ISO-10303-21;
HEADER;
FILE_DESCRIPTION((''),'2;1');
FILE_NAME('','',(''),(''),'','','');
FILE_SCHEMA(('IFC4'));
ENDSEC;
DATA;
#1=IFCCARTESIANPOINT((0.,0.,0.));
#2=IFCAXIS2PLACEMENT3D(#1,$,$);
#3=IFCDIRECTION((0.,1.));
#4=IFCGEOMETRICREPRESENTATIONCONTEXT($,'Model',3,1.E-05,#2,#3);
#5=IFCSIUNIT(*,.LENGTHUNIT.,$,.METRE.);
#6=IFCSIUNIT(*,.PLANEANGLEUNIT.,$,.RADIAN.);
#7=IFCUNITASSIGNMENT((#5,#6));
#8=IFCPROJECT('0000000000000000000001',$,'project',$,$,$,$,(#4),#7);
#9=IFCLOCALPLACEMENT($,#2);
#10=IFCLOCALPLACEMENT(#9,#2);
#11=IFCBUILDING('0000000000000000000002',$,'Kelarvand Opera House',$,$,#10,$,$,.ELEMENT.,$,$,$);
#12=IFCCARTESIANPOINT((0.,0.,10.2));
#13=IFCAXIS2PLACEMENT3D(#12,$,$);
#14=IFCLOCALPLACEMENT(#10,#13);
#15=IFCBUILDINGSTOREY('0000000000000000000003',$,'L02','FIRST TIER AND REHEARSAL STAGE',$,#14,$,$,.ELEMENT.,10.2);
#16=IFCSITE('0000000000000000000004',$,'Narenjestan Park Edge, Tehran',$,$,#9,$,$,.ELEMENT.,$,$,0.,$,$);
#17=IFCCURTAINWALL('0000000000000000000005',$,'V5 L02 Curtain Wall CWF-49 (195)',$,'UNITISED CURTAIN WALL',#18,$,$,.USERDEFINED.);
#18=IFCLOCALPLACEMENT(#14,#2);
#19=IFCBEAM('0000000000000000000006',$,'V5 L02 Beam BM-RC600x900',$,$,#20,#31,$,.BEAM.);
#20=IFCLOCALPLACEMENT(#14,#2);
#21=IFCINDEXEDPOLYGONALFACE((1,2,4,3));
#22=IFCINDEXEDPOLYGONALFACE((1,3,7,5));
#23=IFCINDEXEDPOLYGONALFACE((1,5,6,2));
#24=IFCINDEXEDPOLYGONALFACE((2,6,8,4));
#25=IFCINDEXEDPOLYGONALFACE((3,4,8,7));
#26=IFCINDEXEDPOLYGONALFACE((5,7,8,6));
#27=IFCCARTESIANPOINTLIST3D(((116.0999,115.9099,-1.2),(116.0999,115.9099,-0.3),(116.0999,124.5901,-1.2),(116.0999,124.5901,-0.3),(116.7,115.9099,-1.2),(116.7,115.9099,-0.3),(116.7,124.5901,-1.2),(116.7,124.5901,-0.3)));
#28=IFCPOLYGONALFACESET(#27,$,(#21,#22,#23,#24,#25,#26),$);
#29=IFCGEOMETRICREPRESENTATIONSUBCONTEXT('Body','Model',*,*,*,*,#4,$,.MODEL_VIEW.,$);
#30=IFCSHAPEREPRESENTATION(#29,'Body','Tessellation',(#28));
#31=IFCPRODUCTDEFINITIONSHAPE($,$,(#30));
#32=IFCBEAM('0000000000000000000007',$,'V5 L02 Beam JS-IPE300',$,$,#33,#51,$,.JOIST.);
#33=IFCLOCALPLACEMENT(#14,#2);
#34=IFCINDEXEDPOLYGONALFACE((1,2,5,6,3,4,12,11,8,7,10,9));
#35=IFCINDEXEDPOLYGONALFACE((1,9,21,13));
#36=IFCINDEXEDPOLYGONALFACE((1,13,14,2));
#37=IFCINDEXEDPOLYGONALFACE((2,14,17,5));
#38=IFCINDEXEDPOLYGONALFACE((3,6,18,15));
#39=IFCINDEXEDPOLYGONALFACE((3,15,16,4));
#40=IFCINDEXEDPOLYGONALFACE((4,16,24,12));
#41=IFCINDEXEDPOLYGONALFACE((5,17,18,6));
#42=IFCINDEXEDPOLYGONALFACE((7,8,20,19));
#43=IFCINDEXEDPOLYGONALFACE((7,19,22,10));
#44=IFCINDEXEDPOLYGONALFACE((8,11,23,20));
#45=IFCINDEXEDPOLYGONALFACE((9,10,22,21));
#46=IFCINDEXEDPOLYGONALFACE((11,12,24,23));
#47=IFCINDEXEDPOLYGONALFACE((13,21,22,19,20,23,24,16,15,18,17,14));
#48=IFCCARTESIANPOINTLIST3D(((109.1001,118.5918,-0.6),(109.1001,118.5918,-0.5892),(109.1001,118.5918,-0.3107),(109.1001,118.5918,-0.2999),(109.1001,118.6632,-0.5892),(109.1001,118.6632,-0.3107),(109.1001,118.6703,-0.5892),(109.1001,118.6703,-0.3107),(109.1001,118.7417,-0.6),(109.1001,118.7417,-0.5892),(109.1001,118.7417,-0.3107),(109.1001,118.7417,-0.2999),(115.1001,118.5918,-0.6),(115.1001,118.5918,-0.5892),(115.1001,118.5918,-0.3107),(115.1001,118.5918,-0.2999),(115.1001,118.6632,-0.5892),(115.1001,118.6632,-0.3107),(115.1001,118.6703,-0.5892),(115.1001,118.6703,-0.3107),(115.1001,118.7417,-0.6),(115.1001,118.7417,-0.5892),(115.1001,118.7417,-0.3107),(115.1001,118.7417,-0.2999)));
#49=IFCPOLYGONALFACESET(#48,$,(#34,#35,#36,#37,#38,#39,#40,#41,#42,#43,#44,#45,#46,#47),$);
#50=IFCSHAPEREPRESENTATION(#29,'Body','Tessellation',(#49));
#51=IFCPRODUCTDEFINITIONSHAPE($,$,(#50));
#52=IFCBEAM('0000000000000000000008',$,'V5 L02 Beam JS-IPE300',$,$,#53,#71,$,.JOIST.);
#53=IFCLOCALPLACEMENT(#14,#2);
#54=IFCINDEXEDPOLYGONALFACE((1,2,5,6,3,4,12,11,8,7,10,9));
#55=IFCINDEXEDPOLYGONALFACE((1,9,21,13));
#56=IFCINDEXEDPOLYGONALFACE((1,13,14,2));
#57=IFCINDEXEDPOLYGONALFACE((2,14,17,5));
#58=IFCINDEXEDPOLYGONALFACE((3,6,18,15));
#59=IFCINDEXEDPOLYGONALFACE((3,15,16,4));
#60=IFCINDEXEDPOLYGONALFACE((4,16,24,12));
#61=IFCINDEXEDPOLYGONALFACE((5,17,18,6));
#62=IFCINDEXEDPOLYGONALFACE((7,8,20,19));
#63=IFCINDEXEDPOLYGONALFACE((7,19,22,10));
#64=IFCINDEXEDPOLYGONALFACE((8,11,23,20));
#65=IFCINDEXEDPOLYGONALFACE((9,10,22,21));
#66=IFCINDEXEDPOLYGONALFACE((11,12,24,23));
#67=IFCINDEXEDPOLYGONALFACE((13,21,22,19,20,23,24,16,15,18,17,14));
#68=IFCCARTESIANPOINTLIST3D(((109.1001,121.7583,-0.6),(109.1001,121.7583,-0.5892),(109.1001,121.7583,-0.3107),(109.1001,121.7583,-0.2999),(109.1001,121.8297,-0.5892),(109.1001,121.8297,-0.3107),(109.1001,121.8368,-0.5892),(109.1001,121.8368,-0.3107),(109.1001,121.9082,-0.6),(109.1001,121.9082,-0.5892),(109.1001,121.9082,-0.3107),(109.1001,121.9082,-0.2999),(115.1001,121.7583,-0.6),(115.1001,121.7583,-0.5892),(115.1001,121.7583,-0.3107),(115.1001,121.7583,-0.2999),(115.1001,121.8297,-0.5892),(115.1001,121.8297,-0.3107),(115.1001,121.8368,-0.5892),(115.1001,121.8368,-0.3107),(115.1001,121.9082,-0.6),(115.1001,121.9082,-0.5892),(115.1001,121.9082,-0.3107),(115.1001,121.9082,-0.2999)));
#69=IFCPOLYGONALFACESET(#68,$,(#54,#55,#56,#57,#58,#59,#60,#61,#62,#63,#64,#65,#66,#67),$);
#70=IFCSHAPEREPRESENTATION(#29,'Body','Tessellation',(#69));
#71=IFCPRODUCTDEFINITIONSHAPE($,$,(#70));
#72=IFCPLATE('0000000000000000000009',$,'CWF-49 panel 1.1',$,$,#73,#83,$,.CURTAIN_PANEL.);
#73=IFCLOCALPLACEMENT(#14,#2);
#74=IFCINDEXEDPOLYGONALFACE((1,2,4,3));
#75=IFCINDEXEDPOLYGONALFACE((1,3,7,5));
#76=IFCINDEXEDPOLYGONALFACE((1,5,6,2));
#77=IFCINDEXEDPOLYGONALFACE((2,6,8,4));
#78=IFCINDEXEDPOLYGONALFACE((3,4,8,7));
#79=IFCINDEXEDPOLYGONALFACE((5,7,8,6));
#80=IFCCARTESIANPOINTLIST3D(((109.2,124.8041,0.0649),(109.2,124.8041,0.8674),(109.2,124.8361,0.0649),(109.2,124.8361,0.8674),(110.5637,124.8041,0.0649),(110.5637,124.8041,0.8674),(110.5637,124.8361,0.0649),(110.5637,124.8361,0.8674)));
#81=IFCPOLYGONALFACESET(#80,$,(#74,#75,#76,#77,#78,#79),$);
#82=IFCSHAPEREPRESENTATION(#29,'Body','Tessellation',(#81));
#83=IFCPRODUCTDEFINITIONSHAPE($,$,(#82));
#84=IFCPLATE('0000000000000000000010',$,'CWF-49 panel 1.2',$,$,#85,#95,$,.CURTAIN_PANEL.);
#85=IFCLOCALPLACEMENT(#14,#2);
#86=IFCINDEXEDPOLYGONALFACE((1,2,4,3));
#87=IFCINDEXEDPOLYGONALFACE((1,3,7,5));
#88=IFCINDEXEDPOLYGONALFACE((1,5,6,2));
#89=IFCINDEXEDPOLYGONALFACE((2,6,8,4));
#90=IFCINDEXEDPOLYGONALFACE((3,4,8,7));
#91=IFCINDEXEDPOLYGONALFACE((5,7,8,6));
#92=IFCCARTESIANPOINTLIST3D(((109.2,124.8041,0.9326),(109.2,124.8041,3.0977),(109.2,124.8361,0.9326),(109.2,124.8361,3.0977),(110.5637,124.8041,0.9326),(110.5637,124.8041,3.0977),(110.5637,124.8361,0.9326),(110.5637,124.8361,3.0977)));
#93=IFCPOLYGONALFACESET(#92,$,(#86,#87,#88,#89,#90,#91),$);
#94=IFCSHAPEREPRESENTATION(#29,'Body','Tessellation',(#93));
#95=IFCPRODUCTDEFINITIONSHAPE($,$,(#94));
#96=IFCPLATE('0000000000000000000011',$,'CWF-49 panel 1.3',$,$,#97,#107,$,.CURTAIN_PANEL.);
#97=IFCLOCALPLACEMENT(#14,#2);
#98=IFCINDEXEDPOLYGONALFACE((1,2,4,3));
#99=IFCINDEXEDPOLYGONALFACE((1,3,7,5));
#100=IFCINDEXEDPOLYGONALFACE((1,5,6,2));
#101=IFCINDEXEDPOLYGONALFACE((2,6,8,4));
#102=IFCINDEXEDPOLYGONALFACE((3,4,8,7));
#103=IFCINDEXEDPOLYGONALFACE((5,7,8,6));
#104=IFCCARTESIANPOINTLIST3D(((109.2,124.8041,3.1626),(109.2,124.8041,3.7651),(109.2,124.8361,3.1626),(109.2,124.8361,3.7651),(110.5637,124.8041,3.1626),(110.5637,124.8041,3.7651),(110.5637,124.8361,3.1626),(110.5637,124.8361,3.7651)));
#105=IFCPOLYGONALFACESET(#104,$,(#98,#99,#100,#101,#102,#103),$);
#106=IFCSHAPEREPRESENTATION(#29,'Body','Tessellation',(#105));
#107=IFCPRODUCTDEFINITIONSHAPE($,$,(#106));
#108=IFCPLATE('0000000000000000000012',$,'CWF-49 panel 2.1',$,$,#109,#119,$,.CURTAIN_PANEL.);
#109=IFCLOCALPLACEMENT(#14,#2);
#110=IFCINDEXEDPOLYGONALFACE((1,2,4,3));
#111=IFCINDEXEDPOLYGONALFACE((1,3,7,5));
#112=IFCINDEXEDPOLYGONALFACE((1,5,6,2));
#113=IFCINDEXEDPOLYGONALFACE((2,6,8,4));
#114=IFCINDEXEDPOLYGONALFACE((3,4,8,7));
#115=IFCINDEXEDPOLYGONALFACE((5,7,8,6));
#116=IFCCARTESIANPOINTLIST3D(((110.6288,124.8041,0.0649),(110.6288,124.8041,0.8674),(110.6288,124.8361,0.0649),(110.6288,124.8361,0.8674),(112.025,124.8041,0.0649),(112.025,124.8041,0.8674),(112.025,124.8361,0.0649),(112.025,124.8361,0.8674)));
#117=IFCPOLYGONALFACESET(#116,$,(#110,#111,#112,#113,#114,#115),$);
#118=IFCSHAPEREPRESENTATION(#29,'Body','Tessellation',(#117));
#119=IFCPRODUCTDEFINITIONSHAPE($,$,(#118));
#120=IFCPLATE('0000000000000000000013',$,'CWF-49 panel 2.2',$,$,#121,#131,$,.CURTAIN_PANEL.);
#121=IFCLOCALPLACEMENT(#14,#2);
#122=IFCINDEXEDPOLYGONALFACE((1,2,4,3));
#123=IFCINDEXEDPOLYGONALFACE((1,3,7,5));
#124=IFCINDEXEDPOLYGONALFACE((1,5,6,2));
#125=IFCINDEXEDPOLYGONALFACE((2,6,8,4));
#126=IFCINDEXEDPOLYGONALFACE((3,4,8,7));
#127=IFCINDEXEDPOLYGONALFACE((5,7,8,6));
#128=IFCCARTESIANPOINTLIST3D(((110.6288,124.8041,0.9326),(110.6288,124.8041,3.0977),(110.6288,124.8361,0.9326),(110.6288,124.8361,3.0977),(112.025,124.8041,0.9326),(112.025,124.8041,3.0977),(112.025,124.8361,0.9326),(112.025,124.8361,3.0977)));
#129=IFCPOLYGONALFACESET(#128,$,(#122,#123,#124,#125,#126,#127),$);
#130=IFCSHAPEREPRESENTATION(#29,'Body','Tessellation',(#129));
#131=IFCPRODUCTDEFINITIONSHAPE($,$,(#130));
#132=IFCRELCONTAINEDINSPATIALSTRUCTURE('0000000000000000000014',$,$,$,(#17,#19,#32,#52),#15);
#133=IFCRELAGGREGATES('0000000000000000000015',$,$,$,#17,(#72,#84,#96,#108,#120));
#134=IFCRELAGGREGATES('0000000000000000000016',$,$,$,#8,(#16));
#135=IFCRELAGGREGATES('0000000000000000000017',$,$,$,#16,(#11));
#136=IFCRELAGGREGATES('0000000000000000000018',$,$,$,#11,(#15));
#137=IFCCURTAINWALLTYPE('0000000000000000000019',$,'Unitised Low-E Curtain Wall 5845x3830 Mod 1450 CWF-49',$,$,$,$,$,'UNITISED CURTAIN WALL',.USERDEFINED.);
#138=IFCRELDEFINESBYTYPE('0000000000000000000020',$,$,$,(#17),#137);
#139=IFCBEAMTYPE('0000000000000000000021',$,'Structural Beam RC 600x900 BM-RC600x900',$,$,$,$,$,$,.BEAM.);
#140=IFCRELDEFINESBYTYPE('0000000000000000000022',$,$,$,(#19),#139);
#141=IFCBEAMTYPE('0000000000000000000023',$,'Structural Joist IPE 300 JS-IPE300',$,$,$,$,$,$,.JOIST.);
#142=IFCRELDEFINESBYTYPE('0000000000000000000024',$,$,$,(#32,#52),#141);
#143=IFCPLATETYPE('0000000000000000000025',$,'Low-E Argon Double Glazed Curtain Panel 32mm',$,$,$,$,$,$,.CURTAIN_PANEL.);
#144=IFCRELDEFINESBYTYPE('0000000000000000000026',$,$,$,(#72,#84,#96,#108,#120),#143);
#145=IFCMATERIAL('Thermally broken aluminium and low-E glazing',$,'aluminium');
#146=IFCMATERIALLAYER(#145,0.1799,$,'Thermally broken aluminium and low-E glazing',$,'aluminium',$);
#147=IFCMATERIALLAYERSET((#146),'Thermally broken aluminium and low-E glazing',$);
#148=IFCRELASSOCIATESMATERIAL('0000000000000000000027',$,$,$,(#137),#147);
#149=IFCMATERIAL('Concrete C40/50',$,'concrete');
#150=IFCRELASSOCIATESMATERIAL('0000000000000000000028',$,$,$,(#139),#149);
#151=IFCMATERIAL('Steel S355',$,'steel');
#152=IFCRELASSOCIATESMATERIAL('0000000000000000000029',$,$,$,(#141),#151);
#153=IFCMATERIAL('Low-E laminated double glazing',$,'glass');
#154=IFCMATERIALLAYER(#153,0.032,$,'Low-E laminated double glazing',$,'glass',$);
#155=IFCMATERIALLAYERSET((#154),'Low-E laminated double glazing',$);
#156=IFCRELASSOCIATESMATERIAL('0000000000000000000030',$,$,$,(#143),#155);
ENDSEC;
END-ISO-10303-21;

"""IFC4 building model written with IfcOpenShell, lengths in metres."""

from ifc_helpers import new_model, si_unit, direction, frame, origin, origin_2d, place, context, subcontext, project, spatial, rectangle, i_section, extrude, material, layer, layer_set, material_profile, profile_set, type_object, element, aggregate, save


model = new_model("IFC4")

# Units and contexts
model_context = context("Model", 3, precision=1e-05, world=origin(), true_north=direction((0.0, 1.0)))
body_context = subcontext(model_context, "Body", "Model", "MODEL_VIEW")
ifc_project = project(units=[si_unit("LENGTHUNIT", "METRE"), si_unit("PLANEANGLEUNIT", "RADIAN")], contexts=[model_context])

# Site, building, storey
site_placement = place(None, origin())
site = spatial("IfcSite", under=ifc_project, at=site_placement, Name="Narenjestan Park Edge, Tehran", CompositionType="ELEMENT", RefElevation=0.0)
building_placement = place(site_placement, origin())
building = spatial("IfcBuilding", under=site, at=building_placement, Name="Kelarvand Opera House", CompositionType="ELEMENT")
storey_placement = place(building_placement, frame((0.0, 0.0, 10.2)))
storey = spatial("IfcBuildingStorey", under=building, at=storey_placement, Name="L02", Description="FIRST TIER AND REHEARSAL STAGE", CompositionType="ELEMENT", Elevation=10.2)

# Curtain wall
ifc_material_1 = material(Name="Thermally broken aluminium and low-E glazing", Category="aluminium")
ifc_layer_1 = layer(ifc_material_1, 0.1799, Name="Thermally broken aluminium and low-E glazing", Category="aluminium")
ifc_layer_set_1 = layer_set([ifc_layer_1], Name="Thermally broken aluminium and low-E glazing")
curtain_wall_type = type_object("IfcCurtainWallType", Name="Unitised Low-E Curtain Wall 5845x3830 Mod 1450 CWF-49", ElementType="UNITISED CURTAIN WALL", PredefinedType="USERDEFINED", material=ifc_layer_set_1)
curtain_wall_placement = place(storey_placement, origin())
curtain_wall = element("IfcCurtainWall", 1, at=curtain_wall_placement, inside=storey, type_object=curtain_wall_type, Name="V5 L02 Curtain Wall CWF-49 (195)", ObjectType="UNITISED CURTAIN WALL", PredefinedType="USERDEFINED")

# Beams
ifc_material_2 = material(Name="Concrete C40/50", Category="concrete")
ifc_material_profile_1 = material_profile(ifc_material_2, rectangle(XDim=0.6001, YDim=0.8999, at=origin_2d()), Name="RC 600x900", Category="concrete")
ifc_profile_set_1 = profile_set([ifc_material_profile_1], Name="Concrete C40/50")
beam_type_1 = type_object("IfcBeamType", Name="Structural Beam RC 600x900 BM-RC600x900", PredefinedType="BEAM", material=ifc_profile_set_1)
for number, where, z_axis, x_axis, name in (
    (2, (116.3999, 115.9099, -0.75), (0.0, 1.0, 0.0), (-1.0, 0.0, 0.0), "V5 L02 Beam BM-RC600x900"),
):
    element("IfcBeam", number, at=place(storey_placement, frame(where, z_axis=z_axis, x_axis=x_axis)), inside=storey, type_object=beam_type_1, Name=name, PredefinedType="BEAM", context=body_context, shape_type="SweptSolid", body=[
        extrude(rectangle(XDim=0.6001, YDim=0.8999, at=origin_2d()), origin(), (0.0, 0.0, 1.0), 8.6802),
    ])
ifc_material_3 = material(Name="Steel S355", Category="steel")
ifc_material_profile_2 = material_profile(ifc_material_3, i_section(OverallWidth=0.1499, OverallDepth=0.3, WebThickness=0.0071, FlangeThickness=0.0107, at=origin_2d()), Name="IPE 300", Category="steel")
ifc_profile_set_2 = profile_set([ifc_material_profile_2], Name="Steel S355")
beam_type_2 = type_object("IfcBeamType", Name="Structural Joist IPE 300 JS-IPE300", PredefinedType="JOIST", material=ifc_profile_set_2)
for number, where, z_axis, x_axis, name in (
    (3, (109.1001, 118.6667, -0.45), (1.0, 0.0, 0.0), (0.0, 1.0, 0.0), "V5 L02 Beam JS-IPE300"),
    (4, (109.1001, 121.8333, -0.45), (1.0, 0.0, 0.0), (0.0, 1.0, 0.0), "V5 L02 Beam JS-IPE300"),
):
    element("IfcBeam", number, at=place(storey_placement, frame(where, z_axis=z_axis, x_axis=x_axis)), inside=storey, type_object=beam_type_2, Name=name, PredefinedType="JOIST", context=body_context, shape_type="SweptSolid", body=[
        extrude(i_section(OverallWidth=0.1499, OverallDepth=0.3, WebThickness=0.0071, FlangeThickness=0.0107, at=origin_2d()), origin(), (0.0, 0.0, 1.0), 6.0),
    ])

# Plates
ifc_material_4 = material(Name="Low-E laminated double glazing", Category="glass")
ifc_layer_2 = layer(ifc_material_4, 0.032, Name="Low-E laminated double glazing", Category="glass")
ifc_layer_set_2 = layer_set([ifc_layer_2], Name="Low-E laminated double glazing")
plate_type = type_object("IfcPlateType", Name="Low-E Argon Double Glazed Curtain Panel 32mm", PredefinedType="CURTAIN_PANEL", material=ifc_layer_set_2)
plate_1_placement = place(storey_placement, frame((109.8818, 124.8201, 0.0649), z_axis=(0.0, 0.0, 1.0), x_axis=(1.0, 0.0, 0.0)))
plate_1 = element("IfcPlate", 5, at=plate_1_placement, type_object=plate_type, Name="CWF-49 panel 1.1", PredefinedType="CURTAIN_PANEL", context=body_context, shape_type="SweptSolid", body=[
    extrude(rectangle(XDim=1.3638, YDim=0.032, at=origin_2d()), origin(), (0.0, 0.0, 1.0), 0.8025),
])
plate_2_placement = place(storey_placement, frame((109.8818, 124.8201, 0.9326), z_axis=(0.0, 0.0, 1.0), x_axis=(1.0, 0.0, 0.0)))
plate_2 = element("IfcPlate", 6, at=plate_2_placement, type_object=plate_type, Name="CWF-49 panel 1.2", PredefinedType="CURTAIN_PANEL", context=body_context, shape_type="SweptSolid", body=[
    extrude(rectangle(XDim=1.3638, YDim=0.032, at=origin_2d()), origin(), (0.0, 0.0, 1.0), 2.165),
])
plate_3_placement = place(storey_placement, frame((109.8818, 124.8201, 3.1626), z_axis=(0.0, 0.0, 1.0), x_axis=(1.0, 0.0, 0.0)))
plate_3 = element("IfcPlate", 7, at=plate_3_placement, type_object=plate_type, Name="CWF-49 panel 1.3", PredefinedType="CURTAIN_PANEL", context=body_context, shape_type="SweptSolid", body=[
    extrude(rectangle(XDim=1.3638, YDim=0.032, at=origin_2d()), origin(), (0.0, 0.0, 1.0), 0.6025),
])
plate_4_placement = place(storey_placement, frame((111.3269, 124.8201, 0.0649), z_axis=(0.0, 0.0, 1.0), x_axis=(1.0, 0.0, 0.0)))
plate_4 = element("IfcPlate", 8, at=plate_4_placement, type_object=plate_type, Name="CWF-49 panel 2.1", PredefinedType="CURTAIN_PANEL", context=body_context, shape_type="SweptSolid", body=[
    extrude(rectangle(XDim=1.3962, YDim=0.032, at=origin_2d()), origin(), (0.0, 0.0, 1.0), 0.8025),
])
plate_5_placement = place(storey_placement, frame((111.3269, 124.8201, 0.9326), z_axis=(0.0, 0.0, 1.0), x_axis=(1.0, 0.0, 0.0)))
plate_5 = element("IfcPlate", 9, at=plate_5_placement, type_object=plate_type, Name="CWF-49 panel 2.2", PredefinedType="CURTAIN_PANEL", context=body_context, shape_type="SweptSolid", body=[
    extrude(rectangle(XDim=1.3962, YDim=0.032, at=origin_2d()), origin(), (0.0, 0.0, 1.0), 2.165),
])
aggregate(curtain_wall, [plate_1, plate_2, plate_3, plate_4, plate_5])

save(model, "model.ifc")
